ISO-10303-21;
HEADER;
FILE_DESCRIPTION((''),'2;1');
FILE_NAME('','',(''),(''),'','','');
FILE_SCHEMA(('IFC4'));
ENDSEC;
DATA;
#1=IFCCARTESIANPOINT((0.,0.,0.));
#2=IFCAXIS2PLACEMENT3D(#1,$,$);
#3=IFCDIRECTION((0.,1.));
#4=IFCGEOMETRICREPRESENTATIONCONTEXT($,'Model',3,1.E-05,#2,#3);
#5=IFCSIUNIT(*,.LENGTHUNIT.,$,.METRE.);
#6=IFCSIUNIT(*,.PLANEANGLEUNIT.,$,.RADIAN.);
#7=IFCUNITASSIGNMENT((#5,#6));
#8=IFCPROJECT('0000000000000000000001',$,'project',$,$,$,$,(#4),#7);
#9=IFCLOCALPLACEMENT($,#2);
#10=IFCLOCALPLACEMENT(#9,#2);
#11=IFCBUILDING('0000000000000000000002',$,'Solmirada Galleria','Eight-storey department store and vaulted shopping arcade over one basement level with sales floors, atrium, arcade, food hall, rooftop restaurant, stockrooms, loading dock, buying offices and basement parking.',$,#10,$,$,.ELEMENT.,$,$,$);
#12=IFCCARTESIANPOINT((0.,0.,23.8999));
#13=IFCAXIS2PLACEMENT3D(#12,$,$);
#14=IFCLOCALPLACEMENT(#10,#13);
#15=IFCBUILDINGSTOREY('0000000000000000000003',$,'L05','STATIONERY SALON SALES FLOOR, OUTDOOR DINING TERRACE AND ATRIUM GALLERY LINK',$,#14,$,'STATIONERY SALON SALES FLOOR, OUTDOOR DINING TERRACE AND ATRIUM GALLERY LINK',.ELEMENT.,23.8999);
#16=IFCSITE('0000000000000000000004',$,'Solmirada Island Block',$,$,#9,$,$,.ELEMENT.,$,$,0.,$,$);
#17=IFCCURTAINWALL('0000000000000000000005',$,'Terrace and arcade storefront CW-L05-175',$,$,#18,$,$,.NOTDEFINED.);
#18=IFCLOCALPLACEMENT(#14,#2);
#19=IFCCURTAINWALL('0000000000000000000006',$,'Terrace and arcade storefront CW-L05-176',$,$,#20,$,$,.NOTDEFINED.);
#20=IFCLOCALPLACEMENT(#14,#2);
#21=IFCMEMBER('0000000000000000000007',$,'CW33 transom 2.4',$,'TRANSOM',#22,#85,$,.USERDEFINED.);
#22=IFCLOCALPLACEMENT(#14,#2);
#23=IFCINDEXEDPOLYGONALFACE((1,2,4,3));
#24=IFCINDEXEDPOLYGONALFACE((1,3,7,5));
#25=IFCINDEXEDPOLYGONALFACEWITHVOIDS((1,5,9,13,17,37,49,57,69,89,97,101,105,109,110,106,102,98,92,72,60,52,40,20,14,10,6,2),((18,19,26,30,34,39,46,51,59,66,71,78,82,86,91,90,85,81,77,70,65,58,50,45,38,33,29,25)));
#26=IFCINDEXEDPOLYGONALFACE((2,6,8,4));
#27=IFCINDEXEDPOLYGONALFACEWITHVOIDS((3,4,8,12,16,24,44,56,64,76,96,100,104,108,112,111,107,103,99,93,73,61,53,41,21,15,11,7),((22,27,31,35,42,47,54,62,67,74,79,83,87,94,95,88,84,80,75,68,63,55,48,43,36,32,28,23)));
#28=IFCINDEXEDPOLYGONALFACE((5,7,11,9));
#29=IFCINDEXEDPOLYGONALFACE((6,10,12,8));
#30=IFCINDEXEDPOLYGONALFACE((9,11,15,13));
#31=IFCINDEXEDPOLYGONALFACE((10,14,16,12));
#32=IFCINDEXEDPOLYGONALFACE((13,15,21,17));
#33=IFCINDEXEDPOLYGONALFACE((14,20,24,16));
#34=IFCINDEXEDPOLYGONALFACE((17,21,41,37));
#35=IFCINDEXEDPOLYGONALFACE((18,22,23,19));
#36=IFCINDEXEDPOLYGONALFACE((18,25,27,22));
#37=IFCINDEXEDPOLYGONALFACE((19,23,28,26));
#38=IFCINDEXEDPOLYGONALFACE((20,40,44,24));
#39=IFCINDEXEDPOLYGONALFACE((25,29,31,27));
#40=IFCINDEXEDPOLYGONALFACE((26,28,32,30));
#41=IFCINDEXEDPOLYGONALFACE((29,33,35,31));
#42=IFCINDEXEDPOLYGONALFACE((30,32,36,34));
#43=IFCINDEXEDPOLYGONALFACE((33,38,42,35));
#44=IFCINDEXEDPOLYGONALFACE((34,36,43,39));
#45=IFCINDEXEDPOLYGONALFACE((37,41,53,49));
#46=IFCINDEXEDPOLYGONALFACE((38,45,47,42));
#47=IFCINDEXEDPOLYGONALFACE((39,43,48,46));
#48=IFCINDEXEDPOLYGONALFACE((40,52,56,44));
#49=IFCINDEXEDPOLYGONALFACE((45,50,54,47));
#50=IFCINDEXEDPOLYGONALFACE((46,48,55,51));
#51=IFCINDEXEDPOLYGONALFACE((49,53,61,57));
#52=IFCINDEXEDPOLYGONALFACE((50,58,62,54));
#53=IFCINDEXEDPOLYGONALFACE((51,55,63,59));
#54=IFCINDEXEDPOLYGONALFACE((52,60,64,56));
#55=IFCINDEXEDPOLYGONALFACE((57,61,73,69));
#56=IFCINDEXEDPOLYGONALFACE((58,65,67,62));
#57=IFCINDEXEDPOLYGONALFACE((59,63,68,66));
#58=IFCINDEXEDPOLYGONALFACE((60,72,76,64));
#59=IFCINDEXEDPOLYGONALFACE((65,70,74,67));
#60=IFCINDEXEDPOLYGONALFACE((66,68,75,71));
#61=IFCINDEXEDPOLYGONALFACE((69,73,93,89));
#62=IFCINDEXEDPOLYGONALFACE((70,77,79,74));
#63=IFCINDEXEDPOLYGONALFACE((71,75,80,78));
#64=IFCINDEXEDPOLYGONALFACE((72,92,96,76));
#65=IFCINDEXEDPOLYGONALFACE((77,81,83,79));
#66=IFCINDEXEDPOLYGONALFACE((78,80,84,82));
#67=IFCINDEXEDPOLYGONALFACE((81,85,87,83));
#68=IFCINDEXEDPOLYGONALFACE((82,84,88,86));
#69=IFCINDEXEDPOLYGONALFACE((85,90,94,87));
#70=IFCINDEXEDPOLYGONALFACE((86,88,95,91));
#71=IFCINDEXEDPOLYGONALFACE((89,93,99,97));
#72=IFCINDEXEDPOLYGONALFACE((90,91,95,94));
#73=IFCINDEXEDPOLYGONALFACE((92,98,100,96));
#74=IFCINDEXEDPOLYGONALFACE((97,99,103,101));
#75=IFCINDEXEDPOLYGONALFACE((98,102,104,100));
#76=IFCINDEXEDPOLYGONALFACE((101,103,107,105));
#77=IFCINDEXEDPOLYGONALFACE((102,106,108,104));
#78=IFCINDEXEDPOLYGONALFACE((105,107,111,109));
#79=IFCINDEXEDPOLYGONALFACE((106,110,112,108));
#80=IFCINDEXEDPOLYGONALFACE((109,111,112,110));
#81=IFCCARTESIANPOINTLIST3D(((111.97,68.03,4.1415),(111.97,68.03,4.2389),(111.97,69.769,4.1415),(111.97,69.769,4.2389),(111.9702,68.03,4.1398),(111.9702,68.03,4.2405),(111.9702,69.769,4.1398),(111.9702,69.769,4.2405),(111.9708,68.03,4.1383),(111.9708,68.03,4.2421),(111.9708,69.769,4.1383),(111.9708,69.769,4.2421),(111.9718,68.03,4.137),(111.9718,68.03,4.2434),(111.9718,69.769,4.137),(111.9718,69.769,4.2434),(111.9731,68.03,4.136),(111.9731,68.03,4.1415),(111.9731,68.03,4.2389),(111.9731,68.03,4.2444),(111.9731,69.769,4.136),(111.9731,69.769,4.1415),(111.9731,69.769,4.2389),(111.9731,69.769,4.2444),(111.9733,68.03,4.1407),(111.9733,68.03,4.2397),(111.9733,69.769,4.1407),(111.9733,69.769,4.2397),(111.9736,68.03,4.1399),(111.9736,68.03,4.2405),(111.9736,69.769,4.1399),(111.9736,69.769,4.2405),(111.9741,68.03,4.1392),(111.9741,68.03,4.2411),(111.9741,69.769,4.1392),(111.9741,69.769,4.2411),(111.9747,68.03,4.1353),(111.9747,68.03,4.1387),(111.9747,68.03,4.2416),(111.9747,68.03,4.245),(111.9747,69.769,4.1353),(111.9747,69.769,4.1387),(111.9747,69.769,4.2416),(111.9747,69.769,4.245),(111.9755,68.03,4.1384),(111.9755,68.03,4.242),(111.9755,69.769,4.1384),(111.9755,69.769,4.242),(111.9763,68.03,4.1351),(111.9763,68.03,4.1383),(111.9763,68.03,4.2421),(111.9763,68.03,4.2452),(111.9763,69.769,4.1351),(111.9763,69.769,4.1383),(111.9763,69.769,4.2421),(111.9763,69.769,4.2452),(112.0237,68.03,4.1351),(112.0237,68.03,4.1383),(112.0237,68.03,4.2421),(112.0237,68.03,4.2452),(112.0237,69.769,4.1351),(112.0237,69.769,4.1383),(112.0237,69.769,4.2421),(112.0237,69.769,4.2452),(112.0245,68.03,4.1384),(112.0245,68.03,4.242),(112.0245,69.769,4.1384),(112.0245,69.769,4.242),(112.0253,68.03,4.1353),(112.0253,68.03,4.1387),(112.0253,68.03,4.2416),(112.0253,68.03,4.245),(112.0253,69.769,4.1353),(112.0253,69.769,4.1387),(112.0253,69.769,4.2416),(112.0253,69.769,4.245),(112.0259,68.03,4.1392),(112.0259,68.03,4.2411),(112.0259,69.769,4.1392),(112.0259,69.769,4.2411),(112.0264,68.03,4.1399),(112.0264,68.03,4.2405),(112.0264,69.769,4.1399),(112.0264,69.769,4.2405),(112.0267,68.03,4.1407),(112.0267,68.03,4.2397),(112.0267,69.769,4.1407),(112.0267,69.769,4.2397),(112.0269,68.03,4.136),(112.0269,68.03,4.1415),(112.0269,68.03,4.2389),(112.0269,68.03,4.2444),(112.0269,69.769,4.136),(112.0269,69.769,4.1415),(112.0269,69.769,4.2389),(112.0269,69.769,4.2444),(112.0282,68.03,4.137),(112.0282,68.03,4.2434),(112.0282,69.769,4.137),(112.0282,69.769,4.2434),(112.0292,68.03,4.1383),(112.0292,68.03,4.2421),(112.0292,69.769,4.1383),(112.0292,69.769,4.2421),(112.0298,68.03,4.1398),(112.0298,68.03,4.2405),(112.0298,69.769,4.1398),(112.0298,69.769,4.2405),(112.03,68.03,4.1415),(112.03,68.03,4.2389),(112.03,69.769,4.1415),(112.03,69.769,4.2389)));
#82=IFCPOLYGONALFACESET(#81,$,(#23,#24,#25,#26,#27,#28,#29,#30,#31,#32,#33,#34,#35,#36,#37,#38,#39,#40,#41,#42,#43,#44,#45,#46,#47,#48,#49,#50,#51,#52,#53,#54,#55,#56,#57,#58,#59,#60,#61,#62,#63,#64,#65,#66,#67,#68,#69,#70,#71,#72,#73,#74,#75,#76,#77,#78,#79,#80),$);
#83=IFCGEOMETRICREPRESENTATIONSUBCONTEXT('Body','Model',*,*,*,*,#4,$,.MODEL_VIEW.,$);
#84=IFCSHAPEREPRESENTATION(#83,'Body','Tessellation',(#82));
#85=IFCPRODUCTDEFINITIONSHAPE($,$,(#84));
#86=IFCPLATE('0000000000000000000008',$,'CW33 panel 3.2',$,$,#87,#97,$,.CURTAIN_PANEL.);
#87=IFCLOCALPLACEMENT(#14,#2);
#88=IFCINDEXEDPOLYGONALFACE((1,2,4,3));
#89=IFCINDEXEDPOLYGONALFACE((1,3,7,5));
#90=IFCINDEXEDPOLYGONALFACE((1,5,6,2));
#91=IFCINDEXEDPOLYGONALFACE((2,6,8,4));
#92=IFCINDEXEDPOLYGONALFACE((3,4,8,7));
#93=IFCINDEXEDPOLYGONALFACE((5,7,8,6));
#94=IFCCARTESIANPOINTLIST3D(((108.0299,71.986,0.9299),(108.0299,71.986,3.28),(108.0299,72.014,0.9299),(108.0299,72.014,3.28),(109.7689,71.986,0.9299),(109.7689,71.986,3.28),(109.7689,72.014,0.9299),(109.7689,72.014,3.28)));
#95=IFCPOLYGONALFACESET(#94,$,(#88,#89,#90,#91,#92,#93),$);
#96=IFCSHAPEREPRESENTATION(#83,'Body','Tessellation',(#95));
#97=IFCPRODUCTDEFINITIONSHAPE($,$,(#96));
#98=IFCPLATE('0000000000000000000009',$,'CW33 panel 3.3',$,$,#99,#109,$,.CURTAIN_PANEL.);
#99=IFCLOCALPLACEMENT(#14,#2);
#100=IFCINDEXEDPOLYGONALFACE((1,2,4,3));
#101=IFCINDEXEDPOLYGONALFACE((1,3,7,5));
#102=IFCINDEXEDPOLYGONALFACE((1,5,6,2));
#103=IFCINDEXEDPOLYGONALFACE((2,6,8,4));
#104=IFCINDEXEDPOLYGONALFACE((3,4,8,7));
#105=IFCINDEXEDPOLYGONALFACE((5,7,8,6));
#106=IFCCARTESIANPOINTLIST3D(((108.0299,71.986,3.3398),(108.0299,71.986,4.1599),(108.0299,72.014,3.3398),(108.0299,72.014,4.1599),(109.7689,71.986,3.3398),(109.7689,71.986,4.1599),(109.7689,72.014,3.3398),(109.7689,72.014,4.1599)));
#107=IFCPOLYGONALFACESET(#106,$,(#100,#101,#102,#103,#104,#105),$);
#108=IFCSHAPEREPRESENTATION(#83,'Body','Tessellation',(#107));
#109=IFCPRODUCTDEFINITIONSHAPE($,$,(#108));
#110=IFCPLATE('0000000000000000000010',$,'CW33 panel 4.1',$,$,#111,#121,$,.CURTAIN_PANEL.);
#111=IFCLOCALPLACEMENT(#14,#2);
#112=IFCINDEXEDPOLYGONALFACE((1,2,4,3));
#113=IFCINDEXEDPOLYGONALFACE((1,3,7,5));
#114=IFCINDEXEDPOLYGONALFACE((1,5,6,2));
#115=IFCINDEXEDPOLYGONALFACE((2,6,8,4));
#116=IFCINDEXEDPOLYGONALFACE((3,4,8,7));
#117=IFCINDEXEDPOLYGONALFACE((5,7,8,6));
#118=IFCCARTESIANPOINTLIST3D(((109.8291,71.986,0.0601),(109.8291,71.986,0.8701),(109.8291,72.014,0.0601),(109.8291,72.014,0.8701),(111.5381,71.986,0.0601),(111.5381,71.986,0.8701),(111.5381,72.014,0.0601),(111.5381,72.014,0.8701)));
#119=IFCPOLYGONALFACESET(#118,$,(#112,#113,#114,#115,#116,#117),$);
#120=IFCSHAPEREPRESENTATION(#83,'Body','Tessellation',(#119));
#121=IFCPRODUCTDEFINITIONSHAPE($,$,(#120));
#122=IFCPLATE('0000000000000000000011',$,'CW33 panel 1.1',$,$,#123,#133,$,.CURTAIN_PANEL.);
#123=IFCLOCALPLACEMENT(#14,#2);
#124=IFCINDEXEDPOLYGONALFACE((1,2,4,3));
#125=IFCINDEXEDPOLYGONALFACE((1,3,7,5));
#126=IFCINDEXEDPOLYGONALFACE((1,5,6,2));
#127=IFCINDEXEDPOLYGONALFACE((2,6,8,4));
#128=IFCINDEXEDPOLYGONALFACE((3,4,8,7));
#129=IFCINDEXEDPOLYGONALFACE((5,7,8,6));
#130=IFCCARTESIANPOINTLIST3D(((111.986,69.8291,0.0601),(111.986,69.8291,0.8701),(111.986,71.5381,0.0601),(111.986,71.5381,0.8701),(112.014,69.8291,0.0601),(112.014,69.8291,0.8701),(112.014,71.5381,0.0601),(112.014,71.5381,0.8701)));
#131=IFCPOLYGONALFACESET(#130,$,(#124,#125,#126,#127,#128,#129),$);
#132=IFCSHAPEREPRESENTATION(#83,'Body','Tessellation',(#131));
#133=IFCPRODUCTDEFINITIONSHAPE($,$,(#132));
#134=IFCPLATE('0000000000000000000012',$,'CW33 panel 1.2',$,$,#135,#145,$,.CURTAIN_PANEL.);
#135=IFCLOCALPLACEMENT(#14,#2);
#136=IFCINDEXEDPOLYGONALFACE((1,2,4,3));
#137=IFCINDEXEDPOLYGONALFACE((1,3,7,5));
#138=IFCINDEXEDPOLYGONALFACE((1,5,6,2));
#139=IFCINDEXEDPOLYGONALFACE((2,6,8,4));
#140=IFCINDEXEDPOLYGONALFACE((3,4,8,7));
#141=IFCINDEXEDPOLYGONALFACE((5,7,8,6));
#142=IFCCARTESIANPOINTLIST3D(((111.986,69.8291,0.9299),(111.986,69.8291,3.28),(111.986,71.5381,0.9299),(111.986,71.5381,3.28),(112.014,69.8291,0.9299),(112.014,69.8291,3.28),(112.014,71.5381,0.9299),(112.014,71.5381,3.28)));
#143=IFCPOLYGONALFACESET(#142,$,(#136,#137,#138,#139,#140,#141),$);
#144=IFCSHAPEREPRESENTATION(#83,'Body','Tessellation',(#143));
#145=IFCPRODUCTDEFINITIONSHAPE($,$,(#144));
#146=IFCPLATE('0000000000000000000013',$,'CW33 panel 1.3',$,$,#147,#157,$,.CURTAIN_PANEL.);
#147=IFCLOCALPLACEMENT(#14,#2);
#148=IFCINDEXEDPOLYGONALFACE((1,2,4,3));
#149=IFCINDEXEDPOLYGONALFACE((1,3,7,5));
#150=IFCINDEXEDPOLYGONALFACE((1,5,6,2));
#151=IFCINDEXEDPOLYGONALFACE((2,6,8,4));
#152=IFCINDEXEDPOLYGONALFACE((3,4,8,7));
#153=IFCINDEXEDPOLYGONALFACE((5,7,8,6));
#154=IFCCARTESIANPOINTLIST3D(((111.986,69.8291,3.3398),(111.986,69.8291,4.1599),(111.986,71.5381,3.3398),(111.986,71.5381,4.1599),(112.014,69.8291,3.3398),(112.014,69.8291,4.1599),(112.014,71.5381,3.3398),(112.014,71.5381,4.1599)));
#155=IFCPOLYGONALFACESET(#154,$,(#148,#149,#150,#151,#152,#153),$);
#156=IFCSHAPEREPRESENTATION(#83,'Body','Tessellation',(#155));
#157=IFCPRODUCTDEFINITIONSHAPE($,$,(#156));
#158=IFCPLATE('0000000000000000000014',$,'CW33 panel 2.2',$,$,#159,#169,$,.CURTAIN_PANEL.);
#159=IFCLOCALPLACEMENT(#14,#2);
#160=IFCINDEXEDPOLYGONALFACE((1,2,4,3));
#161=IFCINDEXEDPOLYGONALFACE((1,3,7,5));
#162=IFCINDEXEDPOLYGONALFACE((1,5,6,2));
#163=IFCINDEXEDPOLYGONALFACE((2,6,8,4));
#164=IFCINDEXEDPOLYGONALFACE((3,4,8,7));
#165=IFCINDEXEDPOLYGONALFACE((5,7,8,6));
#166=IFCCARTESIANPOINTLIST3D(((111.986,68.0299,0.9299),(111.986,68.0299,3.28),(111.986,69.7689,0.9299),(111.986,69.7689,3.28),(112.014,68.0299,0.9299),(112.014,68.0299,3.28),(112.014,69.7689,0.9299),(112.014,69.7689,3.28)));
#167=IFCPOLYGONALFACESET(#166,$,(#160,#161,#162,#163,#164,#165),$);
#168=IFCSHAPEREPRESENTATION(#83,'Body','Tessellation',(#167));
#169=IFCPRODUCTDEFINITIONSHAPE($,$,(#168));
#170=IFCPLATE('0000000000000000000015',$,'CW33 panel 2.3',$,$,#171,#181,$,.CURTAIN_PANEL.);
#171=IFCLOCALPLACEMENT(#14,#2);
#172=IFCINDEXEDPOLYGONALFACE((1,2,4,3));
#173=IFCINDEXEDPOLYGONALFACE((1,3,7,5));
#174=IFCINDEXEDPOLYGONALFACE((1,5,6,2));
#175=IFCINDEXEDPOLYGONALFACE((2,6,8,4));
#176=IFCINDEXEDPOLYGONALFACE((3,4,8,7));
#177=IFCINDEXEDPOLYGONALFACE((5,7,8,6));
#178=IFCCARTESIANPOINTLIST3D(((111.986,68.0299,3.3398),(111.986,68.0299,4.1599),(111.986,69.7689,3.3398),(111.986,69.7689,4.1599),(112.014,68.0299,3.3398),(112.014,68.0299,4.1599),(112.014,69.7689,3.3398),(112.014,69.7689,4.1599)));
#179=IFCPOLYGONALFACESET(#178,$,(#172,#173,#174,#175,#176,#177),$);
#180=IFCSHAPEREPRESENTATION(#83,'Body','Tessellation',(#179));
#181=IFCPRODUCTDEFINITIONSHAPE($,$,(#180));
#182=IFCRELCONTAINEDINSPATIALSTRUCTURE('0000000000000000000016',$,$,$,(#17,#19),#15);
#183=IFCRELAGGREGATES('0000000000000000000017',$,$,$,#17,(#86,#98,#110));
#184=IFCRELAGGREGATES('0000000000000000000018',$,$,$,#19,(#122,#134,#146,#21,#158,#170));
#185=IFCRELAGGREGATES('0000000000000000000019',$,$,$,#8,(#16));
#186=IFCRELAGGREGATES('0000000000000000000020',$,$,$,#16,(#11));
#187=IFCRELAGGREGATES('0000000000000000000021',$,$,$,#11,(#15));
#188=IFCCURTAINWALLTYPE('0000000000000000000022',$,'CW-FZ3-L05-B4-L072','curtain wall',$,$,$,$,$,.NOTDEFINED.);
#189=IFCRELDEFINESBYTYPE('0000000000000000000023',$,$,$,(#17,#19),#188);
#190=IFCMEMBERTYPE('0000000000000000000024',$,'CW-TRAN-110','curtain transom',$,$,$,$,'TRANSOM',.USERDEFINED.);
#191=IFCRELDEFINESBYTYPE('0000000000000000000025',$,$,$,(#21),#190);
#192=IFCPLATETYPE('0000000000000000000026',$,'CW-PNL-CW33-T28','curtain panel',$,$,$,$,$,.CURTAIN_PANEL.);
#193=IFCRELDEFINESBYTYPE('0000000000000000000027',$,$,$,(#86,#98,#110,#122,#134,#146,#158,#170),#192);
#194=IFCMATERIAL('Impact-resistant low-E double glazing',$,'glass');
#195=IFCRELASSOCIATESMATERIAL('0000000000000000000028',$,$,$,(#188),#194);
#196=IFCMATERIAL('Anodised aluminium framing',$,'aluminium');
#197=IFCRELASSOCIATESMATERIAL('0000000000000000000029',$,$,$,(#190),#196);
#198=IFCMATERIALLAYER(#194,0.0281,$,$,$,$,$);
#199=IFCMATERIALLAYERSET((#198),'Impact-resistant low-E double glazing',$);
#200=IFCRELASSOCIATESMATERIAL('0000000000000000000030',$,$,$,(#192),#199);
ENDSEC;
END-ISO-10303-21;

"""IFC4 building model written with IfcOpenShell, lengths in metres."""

from ifc_helpers import new_model, si_unit, direction, frame, origin, origin_2d, place, context, subcontext, project, spatial, rectangle, hollow_rectangle, extrude, material, layer, layer_set, material_profile, profile_set, type_object, element, aggregate, save


model = new_model("IFC4")

# Units and contexts
model_context = context("Model", 3, precision=1e-05, world=origin(), true_north=direction((0.0, 1.0)))
body_context = subcontext(model_context, "Body", "Model", "MODEL_VIEW")
ifc_project = project(units=[si_unit("LENGTHUNIT", "METRE"), si_unit("PLANEANGLEUNIT", "RADIAN")], contexts=[model_context])

# Site, building, storey
site_placement = place(None, origin())
site = spatial("IfcSite", under=ifc_project, at=site_placement, Name="Solmirada Island Block", CompositionType="ELEMENT", RefElevation=0.0)
building_placement = place(site_placement, origin())
building = spatial("IfcBuilding", under=site, at=building_placement, Name="Solmirada Galleria", Description="Eight-storey department store and vaulted shopping arcade over one basement level with sales floors, atrium, arcade, food hall, rooftop restaurant, stockrooms, loading dock, buying offices and basement parking.", CompositionType="ELEMENT")
storey_placement = place(building_placement, frame((0.0, 0.0, 23.8999)))
storey = spatial("IfcBuildingStorey", under=building, at=storey_placement, Name="L05", Description="STATIONERY SALON SALES FLOOR, OUTDOOR DINING TERRACE AND ATRIUM GALLERY LINK", LongName="STATIONERY SALON SALES FLOOR, OUTDOOR DINING TERRACE AND ATRIUM GALLERY LINK", CompositionType="ELEMENT", Elevation=23.8999)

# Curtain wall
ifc_material_1 = material(Name="Impact-resistant low-E double glazing", Category="glass")
curtain_wall_type = type_object("IfcCurtainWallType", Name="CW-FZ3-L05-B4-L072", Description="curtain wall", PredefinedType="NOTDEFINED", material=ifc_material_1)
curtain_wall_1_placement = place(storey_placement, origin())
curtain_wall_1 = element("IfcCurtainWall", 1, at=curtain_wall_1_placement, inside=storey, type_object=curtain_wall_type, Name="Terrace and arcade storefront CW-L05-175", PredefinedType="NOTDEFINED")
ifc_material_2 = material(Name="Anodised aluminium framing", Category="aluminium")

# Curtain wall
curtain_wall_2_placement = place(storey_placement, origin())
curtain_wall_2 = element("IfcCurtainWall", 2, at=curtain_wall_2_placement, inside=storey, type_object=curtain_wall_type, Name="Terrace and arcade storefront CW-L05-176", PredefinedType="NOTDEFINED")

# Member
ifc_material_profile_1 = material_profile(ifc_material_2, hollow_rectangle(XDim=0.0601, YDim=0.1101, WallThickness=0.0032, InnerFilletRadius=0.0032, OuterFilletRadius=0.0063, at=origin_2d()), Name="ALU-TRAN-110X60")
ifc_profile_set_1 = profile_set([ifc_material_profile_1], Name="Anodised aluminium framing")
member_type_1 = type_object("IfcMemberType", Name="CW-TRAN-110", Description="curtain transom", ElementType="TRANSOM", PredefinedType="USERDEFINED", material=ifc_profile_set_1)
member_1_placement = place(storey_placement, frame((112.0, 69.769, 4.1902), z_axis=(0.0, -1.0, 0.0), x_axis=(1.0, 0.0, 0.0)))
member_1 = element("IfcMember", 3, at=member_1_placement, type_object=member_type_1, Name="CW33 transom 2.4", ObjectType="TRANSOM", PredefinedType="USERDEFINED", context=body_context, shape_type="SweptSolid", body=[
    extrude(hollow_rectangle(XDim=0.0601, YDim=0.1101, WallThickness=0.0032, InnerFilletRadius=0.0032, OuterFilletRadius=0.0063, at=origin_2d()), origin(), (0.0, 0.0, 1.0), 1.739),
])

# Plates
ifc_layer = layer(ifc_material_1, 0.0281)
ifc_layer_set = layer_set([ifc_layer], Name="Impact-resistant low-E double glazing")
plate_type = type_object("IfcPlateType", Name="CW-PNL-CW33-T28", Description="curtain panel", PredefinedType="CURTAIN_PANEL", material=ifc_layer_set)
plate_1_placement = place(storey_placement, frame((108.8994, 72.0, 0.9299), z_axis=(0.0, 0.0, 1.0), x_axis=(1.0, 0.0, 0.0)))
plate_1 = element("IfcPlate", 4, at=plate_1_placement, type_object=plate_type, Name="CW33 panel 3.2", PredefinedType="CURTAIN_PANEL", context=body_context, shape_type="SweptSolid", body=[
    extrude(rectangle(XDim=1.739, YDim=0.0281, at=origin_2d()), origin(), (0.0, 0.0, 1.0), 2.3501),
])
plate_2_placement = place(storey_placement, frame((108.8994, 72.0, 3.3398), z_axis=(0.0, 0.0, 1.0), x_axis=(1.0, 0.0, 0.0)))
plate_2 = element("IfcPlate", 5, at=plate_2_placement, type_object=plate_type, Name="CW33 panel 3.3", PredefinedType="CURTAIN_PANEL", context=body_context, shape_type="SweptSolid", body=[
    extrude(rectangle(XDim=1.739, YDim=0.0281, at=origin_2d()), origin(), (0.0, 0.0, 1.0), 0.8201),
])
plate_3_placement = place(storey_placement, frame((110.6836, 72.0, 0.0601), z_axis=(0.0, 0.0, 1.0), x_axis=(1.0, 0.0, 0.0)))
plate_3 = element("IfcPlate", 6, at=plate_3_placement, type_object=plate_type, Name="CW33 panel 4.1", PredefinedType="CURTAIN_PANEL", context=body_context, shape_type="SweptSolid", body=[
    extrude(rectangle(XDim=1.709, YDim=0.0281, at=origin_2d()), origin(), (0.0, 0.0, 1.0), 0.8101),
])
aggregate(curtain_wall_1, [plate_1, plate_2, plate_3])
plate_4_placement = place(storey_placement, frame((112.0, 70.6836, 0.0601), z_axis=(0.0, 0.0, 1.0), x_axis=(0.0, -1.0, 0.0)))
plate_4 = element("IfcPlate", 7, at=plate_4_placement, type_object=plate_type, Name="CW33 panel 1.1", PredefinedType="CURTAIN_PANEL", context=body_context, shape_type="SweptSolid", body=[
    extrude(rectangle(XDim=1.709, YDim=0.0281, at=origin_2d()), origin(), (0.0, 0.0, 1.0), 0.8101),
])
plate_5_placement = place(storey_placement, frame((112.0, 70.6836, 0.9299), z_axis=(0.0, 0.0, 1.0), x_axis=(0.0, -1.0, 0.0)))
plate_5 = element("IfcPlate", 8, at=plate_5_placement, type_object=plate_type, Name="CW33 panel 1.2", PredefinedType="CURTAIN_PANEL", context=body_context, shape_type="SweptSolid", body=[
    extrude(rectangle(XDim=1.709, YDim=0.0281, at=origin_2d()), origin(), (0.0, 0.0, 1.0), 2.3501),
])
plate_6_placement = place(storey_placement, frame((112.0, 70.6836, 3.3398), z_axis=(0.0, 0.0, 1.0), x_axis=(0.0, -1.0, 0.0)))
plate_6 = element("IfcPlate", 9, at=plate_6_placement, type_object=plate_type, Name="CW33 panel 1.3", PredefinedType="CURTAIN_PANEL", context=body_context, shape_type="SweptSolid", body=[
    extrude(rectangle(XDim=1.709, YDim=0.0281, at=origin_2d()), origin(), (0.0, 0.0, 1.0), 0.8201),
])
plate_7_placement = place(storey_placement, frame((112.0, 68.8994, 0.9299), z_axis=(0.0, 0.0, 1.0), x_axis=(0.0, -1.0, 0.0)))
plate_7 = element("IfcPlate", 10, at=plate_7_placement, type_object=plate_type, Name="CW33 panel 2.2", PredefinedType="CURTAIN_PANEL", context=body_context, shape_type="SweptSolid", body=[
    extrude(rectangle(XDim=1.739, YDim=0.0281, at=origin_2d()), origin(), (0.0, 0.0, 1.0), 2.3501),
])
plate_8_placement = place(storey_placement, frame((112.0, 68.8994, 3.3398), z_axis=(0.0, 0.0, 1.0), x_axis=(0.0, -1.0, 0.0)))
plate_8 = element("IfcPlate", 11, at=plate_8_placement, type_object=plate_type, Name="CW33 panel 2.3", PredefinedType="CURTAIN_PANEL", context=body_context, shape_type="SweptSolid", body=[
    extrude(rectangle(XDim=1.739, YDim=0.0281, at=origin_2d()), origin(), (0.0, 0.0, 1.0), 0.8201),
])
aggregate(curtain_wall_2, [plate_4, plate_5, plate_6, member_1, plate_7, plate_8])

save(model, "model.ifc")
